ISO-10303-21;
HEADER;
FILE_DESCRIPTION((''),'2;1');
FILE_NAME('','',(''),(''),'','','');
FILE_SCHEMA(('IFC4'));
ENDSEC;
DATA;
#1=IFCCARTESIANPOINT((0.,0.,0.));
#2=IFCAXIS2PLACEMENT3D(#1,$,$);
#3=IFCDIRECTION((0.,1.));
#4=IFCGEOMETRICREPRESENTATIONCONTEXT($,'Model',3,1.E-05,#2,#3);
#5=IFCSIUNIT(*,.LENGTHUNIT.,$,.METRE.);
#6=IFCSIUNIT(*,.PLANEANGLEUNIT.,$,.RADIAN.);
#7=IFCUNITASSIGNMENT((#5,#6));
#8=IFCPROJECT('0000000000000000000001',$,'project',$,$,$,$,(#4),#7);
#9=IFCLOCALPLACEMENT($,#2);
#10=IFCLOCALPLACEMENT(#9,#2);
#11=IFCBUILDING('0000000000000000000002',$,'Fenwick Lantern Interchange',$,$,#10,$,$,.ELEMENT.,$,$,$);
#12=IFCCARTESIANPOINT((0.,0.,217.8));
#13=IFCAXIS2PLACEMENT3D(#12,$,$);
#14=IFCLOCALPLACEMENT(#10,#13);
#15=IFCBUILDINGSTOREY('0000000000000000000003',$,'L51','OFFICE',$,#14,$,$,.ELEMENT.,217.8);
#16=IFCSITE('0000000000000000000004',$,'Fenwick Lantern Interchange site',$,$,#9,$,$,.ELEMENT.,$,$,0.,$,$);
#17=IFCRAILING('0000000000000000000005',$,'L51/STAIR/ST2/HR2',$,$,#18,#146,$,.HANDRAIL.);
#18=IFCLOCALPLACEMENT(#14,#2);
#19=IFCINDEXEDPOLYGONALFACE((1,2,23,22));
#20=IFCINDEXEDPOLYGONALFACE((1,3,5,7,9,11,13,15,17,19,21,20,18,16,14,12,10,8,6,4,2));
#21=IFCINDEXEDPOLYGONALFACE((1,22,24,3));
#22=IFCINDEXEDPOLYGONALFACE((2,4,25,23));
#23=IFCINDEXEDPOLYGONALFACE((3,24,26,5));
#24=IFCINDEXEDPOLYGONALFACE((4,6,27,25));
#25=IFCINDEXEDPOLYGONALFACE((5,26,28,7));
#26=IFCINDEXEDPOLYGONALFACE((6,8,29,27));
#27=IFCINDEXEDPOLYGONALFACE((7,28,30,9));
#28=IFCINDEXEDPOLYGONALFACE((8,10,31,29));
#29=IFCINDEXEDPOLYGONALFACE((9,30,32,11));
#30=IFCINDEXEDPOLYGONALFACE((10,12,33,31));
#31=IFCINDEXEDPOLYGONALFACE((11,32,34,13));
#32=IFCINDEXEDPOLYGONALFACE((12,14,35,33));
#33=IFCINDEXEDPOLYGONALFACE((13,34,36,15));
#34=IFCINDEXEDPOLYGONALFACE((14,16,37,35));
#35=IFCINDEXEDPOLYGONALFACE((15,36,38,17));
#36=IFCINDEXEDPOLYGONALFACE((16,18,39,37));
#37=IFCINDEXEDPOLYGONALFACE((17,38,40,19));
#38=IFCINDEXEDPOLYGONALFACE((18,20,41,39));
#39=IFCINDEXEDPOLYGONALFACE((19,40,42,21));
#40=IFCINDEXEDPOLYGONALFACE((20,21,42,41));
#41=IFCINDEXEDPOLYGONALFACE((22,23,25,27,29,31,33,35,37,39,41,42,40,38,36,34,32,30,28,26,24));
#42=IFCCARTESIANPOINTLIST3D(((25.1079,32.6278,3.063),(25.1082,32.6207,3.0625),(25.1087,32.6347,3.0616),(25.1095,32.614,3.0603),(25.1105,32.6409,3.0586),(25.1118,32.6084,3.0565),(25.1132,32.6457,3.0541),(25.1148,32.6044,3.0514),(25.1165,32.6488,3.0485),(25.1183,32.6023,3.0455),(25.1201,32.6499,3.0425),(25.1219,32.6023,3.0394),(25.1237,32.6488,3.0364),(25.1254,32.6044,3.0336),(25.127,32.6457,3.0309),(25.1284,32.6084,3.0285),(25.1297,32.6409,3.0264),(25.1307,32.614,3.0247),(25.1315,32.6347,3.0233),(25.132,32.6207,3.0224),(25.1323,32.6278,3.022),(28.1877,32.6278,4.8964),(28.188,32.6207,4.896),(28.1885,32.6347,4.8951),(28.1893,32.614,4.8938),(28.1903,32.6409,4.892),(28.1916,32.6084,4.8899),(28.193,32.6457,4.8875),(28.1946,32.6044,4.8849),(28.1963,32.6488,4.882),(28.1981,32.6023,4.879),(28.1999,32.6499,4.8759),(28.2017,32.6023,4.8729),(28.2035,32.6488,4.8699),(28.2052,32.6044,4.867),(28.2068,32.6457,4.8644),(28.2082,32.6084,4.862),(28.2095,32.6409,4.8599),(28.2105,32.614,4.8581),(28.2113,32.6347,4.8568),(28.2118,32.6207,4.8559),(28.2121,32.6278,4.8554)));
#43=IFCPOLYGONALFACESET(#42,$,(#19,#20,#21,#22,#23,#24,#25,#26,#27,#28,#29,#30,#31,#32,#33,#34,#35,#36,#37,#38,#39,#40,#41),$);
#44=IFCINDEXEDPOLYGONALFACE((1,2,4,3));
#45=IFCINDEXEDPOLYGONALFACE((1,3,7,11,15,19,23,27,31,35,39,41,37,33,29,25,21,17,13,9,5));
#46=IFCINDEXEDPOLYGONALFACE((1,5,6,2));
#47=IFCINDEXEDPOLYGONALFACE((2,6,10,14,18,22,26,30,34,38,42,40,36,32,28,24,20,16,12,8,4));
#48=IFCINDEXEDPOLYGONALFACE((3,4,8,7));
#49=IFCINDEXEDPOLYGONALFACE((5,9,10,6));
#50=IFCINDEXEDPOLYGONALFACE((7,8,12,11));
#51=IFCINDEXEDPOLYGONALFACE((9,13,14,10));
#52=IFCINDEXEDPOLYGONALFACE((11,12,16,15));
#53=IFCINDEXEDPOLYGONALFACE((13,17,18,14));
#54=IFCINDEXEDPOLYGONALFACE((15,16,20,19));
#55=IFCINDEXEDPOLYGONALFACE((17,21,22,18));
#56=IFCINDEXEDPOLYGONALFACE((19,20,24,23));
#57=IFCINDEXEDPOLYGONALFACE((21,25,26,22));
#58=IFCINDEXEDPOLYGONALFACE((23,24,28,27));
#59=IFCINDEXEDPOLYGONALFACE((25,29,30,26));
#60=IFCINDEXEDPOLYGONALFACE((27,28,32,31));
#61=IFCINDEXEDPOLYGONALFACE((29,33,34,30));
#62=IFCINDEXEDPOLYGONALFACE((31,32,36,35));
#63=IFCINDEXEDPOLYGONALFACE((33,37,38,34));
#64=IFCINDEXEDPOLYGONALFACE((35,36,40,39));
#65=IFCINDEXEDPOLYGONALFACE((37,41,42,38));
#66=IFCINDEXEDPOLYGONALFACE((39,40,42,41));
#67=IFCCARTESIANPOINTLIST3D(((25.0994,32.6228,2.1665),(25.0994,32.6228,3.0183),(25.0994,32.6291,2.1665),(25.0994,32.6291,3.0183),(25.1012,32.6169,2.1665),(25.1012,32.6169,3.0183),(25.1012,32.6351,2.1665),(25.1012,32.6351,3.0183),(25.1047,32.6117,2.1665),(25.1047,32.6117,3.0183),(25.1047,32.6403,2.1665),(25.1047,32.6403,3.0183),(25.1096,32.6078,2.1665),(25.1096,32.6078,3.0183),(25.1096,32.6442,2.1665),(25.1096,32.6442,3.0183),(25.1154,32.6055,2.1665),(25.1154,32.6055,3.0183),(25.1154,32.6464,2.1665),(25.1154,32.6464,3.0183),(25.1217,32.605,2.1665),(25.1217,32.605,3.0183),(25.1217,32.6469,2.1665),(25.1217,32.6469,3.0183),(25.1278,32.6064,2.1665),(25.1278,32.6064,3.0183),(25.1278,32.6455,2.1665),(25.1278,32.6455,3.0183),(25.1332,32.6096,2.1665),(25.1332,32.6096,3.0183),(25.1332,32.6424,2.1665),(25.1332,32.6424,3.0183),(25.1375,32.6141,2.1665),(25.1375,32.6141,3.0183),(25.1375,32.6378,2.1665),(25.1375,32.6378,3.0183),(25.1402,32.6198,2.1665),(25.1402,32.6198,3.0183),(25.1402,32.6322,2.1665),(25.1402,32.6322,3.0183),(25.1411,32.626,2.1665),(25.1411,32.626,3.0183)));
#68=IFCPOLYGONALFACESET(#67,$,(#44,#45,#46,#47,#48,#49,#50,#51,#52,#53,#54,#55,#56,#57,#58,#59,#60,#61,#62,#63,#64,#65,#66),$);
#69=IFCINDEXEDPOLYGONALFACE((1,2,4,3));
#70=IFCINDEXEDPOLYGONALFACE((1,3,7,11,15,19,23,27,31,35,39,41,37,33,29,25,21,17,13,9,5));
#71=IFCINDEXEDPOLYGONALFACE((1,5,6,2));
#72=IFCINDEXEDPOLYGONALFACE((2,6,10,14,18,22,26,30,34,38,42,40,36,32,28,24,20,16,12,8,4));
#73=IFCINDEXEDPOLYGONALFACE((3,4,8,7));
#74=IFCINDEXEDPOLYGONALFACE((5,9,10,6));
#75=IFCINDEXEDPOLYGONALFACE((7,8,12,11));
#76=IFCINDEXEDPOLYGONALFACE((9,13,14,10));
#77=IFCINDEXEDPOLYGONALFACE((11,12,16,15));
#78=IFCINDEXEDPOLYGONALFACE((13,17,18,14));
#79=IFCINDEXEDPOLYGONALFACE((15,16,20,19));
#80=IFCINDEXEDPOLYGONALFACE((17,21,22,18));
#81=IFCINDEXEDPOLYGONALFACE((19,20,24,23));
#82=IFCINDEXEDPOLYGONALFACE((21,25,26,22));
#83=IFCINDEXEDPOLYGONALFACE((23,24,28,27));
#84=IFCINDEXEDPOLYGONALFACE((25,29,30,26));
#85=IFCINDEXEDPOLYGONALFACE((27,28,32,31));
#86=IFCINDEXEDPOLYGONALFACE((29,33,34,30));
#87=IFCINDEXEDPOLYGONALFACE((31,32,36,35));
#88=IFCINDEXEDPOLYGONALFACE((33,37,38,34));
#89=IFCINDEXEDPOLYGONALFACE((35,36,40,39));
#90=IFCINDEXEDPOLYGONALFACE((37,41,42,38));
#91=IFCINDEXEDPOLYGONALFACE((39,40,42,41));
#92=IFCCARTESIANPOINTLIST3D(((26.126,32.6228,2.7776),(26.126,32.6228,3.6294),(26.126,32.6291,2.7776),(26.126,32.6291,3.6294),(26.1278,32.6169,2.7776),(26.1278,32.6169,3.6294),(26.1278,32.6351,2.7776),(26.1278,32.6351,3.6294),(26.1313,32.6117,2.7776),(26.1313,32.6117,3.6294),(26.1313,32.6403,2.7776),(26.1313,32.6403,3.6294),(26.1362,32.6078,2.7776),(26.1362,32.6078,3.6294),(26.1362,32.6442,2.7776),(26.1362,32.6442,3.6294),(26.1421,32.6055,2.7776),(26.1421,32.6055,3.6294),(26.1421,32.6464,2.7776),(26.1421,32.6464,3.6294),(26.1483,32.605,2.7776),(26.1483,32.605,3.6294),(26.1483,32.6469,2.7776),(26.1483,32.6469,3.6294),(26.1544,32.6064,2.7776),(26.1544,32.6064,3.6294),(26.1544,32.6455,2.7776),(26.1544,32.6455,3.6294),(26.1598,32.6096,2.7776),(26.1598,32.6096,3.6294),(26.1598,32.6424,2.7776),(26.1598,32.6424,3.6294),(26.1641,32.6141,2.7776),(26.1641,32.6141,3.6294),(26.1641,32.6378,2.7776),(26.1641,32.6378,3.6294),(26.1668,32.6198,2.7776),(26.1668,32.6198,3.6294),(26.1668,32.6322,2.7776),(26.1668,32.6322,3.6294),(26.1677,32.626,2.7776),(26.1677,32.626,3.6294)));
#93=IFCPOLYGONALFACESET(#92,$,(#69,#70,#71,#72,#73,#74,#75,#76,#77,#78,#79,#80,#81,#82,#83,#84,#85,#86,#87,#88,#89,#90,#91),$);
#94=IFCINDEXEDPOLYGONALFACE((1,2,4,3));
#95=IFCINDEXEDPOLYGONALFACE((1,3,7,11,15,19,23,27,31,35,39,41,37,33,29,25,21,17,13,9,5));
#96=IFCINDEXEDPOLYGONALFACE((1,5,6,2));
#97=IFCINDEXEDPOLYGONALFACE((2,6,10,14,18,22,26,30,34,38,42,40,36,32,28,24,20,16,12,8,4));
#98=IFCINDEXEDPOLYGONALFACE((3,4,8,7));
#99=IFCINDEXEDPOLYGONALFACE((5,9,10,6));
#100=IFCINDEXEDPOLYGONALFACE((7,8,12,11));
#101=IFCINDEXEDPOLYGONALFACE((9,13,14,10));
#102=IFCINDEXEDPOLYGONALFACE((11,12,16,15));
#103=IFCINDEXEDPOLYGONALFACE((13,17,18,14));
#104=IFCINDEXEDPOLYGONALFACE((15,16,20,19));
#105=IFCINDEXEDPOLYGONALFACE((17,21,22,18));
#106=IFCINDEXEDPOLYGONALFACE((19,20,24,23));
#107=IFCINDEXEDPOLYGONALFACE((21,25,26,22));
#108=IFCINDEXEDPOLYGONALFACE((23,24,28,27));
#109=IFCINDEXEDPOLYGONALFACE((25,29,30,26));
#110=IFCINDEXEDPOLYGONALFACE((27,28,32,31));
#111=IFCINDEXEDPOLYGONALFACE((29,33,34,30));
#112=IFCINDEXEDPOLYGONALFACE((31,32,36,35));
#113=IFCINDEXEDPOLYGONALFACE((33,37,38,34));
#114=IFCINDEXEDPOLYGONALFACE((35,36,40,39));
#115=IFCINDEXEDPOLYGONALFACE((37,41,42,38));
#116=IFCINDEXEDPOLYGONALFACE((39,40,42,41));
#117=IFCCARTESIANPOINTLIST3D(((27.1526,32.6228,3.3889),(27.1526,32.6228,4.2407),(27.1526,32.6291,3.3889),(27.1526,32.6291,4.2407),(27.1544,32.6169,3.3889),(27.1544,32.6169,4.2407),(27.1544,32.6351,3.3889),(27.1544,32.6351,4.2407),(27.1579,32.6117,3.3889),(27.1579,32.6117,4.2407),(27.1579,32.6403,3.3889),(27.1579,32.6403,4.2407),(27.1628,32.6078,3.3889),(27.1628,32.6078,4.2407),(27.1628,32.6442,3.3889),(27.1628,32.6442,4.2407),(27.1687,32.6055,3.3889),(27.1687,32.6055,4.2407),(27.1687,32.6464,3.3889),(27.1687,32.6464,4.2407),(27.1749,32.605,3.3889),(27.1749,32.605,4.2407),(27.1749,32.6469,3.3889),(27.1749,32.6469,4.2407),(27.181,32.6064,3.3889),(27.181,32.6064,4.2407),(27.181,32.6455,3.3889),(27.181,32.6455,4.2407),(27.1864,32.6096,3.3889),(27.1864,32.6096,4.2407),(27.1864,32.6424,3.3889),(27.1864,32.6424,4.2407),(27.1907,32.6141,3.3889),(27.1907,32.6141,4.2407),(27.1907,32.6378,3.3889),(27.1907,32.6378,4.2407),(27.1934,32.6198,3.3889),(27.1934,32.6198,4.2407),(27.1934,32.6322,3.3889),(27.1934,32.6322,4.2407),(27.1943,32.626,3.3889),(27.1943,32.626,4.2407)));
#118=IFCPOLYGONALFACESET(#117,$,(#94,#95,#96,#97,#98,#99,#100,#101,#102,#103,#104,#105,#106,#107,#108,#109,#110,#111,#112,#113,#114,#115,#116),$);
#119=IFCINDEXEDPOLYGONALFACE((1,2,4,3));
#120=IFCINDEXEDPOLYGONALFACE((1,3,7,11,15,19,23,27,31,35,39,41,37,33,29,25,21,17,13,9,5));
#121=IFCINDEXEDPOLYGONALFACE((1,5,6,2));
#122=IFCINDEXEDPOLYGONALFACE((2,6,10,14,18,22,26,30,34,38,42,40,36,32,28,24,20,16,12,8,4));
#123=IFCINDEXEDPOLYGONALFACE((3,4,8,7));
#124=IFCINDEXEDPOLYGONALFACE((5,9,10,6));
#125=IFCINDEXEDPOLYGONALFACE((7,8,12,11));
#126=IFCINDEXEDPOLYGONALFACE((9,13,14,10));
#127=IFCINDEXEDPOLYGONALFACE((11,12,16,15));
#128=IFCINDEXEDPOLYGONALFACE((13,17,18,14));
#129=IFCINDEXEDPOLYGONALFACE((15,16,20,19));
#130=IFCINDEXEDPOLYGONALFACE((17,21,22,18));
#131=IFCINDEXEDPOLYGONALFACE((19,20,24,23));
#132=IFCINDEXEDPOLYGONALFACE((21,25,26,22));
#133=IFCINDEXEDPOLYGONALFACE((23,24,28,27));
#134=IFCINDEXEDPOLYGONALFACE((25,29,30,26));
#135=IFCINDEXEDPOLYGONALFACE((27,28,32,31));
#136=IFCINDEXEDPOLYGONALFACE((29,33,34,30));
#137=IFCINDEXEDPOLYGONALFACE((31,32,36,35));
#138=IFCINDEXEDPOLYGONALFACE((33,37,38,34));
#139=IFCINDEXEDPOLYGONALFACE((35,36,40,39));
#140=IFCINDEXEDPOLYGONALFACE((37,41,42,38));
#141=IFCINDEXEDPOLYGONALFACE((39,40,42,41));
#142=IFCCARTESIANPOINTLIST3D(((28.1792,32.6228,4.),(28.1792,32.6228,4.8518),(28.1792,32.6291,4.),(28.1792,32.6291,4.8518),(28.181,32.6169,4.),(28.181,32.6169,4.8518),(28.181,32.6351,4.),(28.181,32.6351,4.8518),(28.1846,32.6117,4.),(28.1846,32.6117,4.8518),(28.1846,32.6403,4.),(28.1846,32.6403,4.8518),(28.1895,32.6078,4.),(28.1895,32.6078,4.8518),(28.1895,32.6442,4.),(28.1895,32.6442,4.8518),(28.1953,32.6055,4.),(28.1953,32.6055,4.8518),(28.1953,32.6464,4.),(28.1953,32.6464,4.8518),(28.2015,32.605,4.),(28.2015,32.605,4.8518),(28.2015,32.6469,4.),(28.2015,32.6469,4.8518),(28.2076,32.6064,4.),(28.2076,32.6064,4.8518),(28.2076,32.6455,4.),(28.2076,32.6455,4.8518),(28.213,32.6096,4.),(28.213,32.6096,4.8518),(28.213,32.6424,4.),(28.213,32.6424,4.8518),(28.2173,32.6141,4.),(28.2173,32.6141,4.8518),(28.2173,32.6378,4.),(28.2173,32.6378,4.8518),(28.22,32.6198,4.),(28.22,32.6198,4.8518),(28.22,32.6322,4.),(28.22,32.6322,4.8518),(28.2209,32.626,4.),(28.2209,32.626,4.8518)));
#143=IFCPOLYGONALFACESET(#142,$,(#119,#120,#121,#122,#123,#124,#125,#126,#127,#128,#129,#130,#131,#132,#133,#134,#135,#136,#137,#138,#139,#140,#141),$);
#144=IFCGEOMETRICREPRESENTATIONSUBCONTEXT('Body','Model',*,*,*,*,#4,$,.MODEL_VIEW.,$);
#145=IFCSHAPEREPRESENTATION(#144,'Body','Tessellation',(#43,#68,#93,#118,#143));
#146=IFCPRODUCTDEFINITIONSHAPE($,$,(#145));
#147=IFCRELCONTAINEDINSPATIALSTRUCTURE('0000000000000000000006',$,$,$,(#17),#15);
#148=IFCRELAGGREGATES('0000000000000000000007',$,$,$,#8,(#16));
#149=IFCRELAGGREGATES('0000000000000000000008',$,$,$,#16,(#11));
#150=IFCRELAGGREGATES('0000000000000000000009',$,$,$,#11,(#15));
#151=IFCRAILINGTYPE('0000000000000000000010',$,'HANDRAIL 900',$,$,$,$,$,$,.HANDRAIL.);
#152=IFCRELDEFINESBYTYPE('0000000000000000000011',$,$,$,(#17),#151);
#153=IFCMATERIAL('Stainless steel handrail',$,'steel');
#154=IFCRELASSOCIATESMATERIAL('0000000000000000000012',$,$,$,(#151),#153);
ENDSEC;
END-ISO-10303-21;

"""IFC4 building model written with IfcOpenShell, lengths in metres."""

from ifc_helpers import new_model, si_unit, direction, frame, origin, origin_2d, place, context, subcontext, project, spatial, circle, extrude, material, type_object, element, save


model = new_model("IFC4")

# Units and contexts
model_context = context("Model", 3, precision=1e-05, world=origin(), true_north=direction((0.0, 1.0)))
body_context = subcontext(model_context, "Body", "Model", "MODEL_VIEW")
ifc_project = project(units=[si_unit("LENGTHUNIT", "METRE"), si_unit("PLANEANGLEUNIT", "RADIAN")], contexts=[model_context])

# Site, building, storey
site_placement = place(None, origin())
site = spatial("IfcSite", under=ifc_project, at=site_placement, Name="Fenwick Lantern Interchange site", CompositionType="ELEMENT", RefElevation=0.0)
building_placement = place(site_placement, origin())
building = spatial("IfcBuilding", under=site, at=building_placement, Name="Fenwick Lantern Interchange", CompositionType="ELEMENT")
storey_placement = place(building_placement, frame((0.0, 0.0, 217.8)))
storey = spatial("IfcBuildingStorey", under=building, at=storey_placement, Name="L51", Description="OFFICE", CompositionType="ELEMENT", Elevation=217.8)

# Railing
ifc_material_1 = material(Name="Stainless steel handrail", Category="steel")
railing_type = type_object("IfcRailingType", Name="HANDRAIL 900", PredefinedType="HANDRAIL", material=ifc_material_1)
railing_1_placement = place(storey_placement, frame((25.1201, 32.626, 2.1665)))
element("IfcRailing", 1, at=railing_1_placement, inside=storey, type_object=railing_type, Name="L51/STAIR/ST2/HR2", PredefinedType="HANDRAIL", context=body_context, shape_type="SweptSolid", body=[
    extrude(circle(Radius=0.0239, at=origin_2d()), frame((0.0, 0.0, 0.876), z_axis=(0.859261, 0.0, 0.511538), x_axis=(0.0, 1.0, 0.0)), (0.0, 0.0, 1.0), 3.5842),
    extrude(circle(Radius=0.021, at=origin_2d()), origin(), (0.0, 0.0, 1.0), 0.8518),
    extrude(circle(Radius=0.021, at=origin_2d()), frame((1.0266, 0.0, 0.6111)), (0.0, 0.0, 1.0), 0.8518),
    extrude(circle(Radius=0.021, at=origin_2d()), frame((2.0532, 0.0, 1.2224)), (0.0, 0.0, 1.0), 0.8518),
    extrude(circle(Radius=0.021, at=origin_2d()), frame((3.0798, 0.0, 1.8335)), (0.0, 0.0, 1.0), 0.8518),
])

save(model, "model.ifc")
